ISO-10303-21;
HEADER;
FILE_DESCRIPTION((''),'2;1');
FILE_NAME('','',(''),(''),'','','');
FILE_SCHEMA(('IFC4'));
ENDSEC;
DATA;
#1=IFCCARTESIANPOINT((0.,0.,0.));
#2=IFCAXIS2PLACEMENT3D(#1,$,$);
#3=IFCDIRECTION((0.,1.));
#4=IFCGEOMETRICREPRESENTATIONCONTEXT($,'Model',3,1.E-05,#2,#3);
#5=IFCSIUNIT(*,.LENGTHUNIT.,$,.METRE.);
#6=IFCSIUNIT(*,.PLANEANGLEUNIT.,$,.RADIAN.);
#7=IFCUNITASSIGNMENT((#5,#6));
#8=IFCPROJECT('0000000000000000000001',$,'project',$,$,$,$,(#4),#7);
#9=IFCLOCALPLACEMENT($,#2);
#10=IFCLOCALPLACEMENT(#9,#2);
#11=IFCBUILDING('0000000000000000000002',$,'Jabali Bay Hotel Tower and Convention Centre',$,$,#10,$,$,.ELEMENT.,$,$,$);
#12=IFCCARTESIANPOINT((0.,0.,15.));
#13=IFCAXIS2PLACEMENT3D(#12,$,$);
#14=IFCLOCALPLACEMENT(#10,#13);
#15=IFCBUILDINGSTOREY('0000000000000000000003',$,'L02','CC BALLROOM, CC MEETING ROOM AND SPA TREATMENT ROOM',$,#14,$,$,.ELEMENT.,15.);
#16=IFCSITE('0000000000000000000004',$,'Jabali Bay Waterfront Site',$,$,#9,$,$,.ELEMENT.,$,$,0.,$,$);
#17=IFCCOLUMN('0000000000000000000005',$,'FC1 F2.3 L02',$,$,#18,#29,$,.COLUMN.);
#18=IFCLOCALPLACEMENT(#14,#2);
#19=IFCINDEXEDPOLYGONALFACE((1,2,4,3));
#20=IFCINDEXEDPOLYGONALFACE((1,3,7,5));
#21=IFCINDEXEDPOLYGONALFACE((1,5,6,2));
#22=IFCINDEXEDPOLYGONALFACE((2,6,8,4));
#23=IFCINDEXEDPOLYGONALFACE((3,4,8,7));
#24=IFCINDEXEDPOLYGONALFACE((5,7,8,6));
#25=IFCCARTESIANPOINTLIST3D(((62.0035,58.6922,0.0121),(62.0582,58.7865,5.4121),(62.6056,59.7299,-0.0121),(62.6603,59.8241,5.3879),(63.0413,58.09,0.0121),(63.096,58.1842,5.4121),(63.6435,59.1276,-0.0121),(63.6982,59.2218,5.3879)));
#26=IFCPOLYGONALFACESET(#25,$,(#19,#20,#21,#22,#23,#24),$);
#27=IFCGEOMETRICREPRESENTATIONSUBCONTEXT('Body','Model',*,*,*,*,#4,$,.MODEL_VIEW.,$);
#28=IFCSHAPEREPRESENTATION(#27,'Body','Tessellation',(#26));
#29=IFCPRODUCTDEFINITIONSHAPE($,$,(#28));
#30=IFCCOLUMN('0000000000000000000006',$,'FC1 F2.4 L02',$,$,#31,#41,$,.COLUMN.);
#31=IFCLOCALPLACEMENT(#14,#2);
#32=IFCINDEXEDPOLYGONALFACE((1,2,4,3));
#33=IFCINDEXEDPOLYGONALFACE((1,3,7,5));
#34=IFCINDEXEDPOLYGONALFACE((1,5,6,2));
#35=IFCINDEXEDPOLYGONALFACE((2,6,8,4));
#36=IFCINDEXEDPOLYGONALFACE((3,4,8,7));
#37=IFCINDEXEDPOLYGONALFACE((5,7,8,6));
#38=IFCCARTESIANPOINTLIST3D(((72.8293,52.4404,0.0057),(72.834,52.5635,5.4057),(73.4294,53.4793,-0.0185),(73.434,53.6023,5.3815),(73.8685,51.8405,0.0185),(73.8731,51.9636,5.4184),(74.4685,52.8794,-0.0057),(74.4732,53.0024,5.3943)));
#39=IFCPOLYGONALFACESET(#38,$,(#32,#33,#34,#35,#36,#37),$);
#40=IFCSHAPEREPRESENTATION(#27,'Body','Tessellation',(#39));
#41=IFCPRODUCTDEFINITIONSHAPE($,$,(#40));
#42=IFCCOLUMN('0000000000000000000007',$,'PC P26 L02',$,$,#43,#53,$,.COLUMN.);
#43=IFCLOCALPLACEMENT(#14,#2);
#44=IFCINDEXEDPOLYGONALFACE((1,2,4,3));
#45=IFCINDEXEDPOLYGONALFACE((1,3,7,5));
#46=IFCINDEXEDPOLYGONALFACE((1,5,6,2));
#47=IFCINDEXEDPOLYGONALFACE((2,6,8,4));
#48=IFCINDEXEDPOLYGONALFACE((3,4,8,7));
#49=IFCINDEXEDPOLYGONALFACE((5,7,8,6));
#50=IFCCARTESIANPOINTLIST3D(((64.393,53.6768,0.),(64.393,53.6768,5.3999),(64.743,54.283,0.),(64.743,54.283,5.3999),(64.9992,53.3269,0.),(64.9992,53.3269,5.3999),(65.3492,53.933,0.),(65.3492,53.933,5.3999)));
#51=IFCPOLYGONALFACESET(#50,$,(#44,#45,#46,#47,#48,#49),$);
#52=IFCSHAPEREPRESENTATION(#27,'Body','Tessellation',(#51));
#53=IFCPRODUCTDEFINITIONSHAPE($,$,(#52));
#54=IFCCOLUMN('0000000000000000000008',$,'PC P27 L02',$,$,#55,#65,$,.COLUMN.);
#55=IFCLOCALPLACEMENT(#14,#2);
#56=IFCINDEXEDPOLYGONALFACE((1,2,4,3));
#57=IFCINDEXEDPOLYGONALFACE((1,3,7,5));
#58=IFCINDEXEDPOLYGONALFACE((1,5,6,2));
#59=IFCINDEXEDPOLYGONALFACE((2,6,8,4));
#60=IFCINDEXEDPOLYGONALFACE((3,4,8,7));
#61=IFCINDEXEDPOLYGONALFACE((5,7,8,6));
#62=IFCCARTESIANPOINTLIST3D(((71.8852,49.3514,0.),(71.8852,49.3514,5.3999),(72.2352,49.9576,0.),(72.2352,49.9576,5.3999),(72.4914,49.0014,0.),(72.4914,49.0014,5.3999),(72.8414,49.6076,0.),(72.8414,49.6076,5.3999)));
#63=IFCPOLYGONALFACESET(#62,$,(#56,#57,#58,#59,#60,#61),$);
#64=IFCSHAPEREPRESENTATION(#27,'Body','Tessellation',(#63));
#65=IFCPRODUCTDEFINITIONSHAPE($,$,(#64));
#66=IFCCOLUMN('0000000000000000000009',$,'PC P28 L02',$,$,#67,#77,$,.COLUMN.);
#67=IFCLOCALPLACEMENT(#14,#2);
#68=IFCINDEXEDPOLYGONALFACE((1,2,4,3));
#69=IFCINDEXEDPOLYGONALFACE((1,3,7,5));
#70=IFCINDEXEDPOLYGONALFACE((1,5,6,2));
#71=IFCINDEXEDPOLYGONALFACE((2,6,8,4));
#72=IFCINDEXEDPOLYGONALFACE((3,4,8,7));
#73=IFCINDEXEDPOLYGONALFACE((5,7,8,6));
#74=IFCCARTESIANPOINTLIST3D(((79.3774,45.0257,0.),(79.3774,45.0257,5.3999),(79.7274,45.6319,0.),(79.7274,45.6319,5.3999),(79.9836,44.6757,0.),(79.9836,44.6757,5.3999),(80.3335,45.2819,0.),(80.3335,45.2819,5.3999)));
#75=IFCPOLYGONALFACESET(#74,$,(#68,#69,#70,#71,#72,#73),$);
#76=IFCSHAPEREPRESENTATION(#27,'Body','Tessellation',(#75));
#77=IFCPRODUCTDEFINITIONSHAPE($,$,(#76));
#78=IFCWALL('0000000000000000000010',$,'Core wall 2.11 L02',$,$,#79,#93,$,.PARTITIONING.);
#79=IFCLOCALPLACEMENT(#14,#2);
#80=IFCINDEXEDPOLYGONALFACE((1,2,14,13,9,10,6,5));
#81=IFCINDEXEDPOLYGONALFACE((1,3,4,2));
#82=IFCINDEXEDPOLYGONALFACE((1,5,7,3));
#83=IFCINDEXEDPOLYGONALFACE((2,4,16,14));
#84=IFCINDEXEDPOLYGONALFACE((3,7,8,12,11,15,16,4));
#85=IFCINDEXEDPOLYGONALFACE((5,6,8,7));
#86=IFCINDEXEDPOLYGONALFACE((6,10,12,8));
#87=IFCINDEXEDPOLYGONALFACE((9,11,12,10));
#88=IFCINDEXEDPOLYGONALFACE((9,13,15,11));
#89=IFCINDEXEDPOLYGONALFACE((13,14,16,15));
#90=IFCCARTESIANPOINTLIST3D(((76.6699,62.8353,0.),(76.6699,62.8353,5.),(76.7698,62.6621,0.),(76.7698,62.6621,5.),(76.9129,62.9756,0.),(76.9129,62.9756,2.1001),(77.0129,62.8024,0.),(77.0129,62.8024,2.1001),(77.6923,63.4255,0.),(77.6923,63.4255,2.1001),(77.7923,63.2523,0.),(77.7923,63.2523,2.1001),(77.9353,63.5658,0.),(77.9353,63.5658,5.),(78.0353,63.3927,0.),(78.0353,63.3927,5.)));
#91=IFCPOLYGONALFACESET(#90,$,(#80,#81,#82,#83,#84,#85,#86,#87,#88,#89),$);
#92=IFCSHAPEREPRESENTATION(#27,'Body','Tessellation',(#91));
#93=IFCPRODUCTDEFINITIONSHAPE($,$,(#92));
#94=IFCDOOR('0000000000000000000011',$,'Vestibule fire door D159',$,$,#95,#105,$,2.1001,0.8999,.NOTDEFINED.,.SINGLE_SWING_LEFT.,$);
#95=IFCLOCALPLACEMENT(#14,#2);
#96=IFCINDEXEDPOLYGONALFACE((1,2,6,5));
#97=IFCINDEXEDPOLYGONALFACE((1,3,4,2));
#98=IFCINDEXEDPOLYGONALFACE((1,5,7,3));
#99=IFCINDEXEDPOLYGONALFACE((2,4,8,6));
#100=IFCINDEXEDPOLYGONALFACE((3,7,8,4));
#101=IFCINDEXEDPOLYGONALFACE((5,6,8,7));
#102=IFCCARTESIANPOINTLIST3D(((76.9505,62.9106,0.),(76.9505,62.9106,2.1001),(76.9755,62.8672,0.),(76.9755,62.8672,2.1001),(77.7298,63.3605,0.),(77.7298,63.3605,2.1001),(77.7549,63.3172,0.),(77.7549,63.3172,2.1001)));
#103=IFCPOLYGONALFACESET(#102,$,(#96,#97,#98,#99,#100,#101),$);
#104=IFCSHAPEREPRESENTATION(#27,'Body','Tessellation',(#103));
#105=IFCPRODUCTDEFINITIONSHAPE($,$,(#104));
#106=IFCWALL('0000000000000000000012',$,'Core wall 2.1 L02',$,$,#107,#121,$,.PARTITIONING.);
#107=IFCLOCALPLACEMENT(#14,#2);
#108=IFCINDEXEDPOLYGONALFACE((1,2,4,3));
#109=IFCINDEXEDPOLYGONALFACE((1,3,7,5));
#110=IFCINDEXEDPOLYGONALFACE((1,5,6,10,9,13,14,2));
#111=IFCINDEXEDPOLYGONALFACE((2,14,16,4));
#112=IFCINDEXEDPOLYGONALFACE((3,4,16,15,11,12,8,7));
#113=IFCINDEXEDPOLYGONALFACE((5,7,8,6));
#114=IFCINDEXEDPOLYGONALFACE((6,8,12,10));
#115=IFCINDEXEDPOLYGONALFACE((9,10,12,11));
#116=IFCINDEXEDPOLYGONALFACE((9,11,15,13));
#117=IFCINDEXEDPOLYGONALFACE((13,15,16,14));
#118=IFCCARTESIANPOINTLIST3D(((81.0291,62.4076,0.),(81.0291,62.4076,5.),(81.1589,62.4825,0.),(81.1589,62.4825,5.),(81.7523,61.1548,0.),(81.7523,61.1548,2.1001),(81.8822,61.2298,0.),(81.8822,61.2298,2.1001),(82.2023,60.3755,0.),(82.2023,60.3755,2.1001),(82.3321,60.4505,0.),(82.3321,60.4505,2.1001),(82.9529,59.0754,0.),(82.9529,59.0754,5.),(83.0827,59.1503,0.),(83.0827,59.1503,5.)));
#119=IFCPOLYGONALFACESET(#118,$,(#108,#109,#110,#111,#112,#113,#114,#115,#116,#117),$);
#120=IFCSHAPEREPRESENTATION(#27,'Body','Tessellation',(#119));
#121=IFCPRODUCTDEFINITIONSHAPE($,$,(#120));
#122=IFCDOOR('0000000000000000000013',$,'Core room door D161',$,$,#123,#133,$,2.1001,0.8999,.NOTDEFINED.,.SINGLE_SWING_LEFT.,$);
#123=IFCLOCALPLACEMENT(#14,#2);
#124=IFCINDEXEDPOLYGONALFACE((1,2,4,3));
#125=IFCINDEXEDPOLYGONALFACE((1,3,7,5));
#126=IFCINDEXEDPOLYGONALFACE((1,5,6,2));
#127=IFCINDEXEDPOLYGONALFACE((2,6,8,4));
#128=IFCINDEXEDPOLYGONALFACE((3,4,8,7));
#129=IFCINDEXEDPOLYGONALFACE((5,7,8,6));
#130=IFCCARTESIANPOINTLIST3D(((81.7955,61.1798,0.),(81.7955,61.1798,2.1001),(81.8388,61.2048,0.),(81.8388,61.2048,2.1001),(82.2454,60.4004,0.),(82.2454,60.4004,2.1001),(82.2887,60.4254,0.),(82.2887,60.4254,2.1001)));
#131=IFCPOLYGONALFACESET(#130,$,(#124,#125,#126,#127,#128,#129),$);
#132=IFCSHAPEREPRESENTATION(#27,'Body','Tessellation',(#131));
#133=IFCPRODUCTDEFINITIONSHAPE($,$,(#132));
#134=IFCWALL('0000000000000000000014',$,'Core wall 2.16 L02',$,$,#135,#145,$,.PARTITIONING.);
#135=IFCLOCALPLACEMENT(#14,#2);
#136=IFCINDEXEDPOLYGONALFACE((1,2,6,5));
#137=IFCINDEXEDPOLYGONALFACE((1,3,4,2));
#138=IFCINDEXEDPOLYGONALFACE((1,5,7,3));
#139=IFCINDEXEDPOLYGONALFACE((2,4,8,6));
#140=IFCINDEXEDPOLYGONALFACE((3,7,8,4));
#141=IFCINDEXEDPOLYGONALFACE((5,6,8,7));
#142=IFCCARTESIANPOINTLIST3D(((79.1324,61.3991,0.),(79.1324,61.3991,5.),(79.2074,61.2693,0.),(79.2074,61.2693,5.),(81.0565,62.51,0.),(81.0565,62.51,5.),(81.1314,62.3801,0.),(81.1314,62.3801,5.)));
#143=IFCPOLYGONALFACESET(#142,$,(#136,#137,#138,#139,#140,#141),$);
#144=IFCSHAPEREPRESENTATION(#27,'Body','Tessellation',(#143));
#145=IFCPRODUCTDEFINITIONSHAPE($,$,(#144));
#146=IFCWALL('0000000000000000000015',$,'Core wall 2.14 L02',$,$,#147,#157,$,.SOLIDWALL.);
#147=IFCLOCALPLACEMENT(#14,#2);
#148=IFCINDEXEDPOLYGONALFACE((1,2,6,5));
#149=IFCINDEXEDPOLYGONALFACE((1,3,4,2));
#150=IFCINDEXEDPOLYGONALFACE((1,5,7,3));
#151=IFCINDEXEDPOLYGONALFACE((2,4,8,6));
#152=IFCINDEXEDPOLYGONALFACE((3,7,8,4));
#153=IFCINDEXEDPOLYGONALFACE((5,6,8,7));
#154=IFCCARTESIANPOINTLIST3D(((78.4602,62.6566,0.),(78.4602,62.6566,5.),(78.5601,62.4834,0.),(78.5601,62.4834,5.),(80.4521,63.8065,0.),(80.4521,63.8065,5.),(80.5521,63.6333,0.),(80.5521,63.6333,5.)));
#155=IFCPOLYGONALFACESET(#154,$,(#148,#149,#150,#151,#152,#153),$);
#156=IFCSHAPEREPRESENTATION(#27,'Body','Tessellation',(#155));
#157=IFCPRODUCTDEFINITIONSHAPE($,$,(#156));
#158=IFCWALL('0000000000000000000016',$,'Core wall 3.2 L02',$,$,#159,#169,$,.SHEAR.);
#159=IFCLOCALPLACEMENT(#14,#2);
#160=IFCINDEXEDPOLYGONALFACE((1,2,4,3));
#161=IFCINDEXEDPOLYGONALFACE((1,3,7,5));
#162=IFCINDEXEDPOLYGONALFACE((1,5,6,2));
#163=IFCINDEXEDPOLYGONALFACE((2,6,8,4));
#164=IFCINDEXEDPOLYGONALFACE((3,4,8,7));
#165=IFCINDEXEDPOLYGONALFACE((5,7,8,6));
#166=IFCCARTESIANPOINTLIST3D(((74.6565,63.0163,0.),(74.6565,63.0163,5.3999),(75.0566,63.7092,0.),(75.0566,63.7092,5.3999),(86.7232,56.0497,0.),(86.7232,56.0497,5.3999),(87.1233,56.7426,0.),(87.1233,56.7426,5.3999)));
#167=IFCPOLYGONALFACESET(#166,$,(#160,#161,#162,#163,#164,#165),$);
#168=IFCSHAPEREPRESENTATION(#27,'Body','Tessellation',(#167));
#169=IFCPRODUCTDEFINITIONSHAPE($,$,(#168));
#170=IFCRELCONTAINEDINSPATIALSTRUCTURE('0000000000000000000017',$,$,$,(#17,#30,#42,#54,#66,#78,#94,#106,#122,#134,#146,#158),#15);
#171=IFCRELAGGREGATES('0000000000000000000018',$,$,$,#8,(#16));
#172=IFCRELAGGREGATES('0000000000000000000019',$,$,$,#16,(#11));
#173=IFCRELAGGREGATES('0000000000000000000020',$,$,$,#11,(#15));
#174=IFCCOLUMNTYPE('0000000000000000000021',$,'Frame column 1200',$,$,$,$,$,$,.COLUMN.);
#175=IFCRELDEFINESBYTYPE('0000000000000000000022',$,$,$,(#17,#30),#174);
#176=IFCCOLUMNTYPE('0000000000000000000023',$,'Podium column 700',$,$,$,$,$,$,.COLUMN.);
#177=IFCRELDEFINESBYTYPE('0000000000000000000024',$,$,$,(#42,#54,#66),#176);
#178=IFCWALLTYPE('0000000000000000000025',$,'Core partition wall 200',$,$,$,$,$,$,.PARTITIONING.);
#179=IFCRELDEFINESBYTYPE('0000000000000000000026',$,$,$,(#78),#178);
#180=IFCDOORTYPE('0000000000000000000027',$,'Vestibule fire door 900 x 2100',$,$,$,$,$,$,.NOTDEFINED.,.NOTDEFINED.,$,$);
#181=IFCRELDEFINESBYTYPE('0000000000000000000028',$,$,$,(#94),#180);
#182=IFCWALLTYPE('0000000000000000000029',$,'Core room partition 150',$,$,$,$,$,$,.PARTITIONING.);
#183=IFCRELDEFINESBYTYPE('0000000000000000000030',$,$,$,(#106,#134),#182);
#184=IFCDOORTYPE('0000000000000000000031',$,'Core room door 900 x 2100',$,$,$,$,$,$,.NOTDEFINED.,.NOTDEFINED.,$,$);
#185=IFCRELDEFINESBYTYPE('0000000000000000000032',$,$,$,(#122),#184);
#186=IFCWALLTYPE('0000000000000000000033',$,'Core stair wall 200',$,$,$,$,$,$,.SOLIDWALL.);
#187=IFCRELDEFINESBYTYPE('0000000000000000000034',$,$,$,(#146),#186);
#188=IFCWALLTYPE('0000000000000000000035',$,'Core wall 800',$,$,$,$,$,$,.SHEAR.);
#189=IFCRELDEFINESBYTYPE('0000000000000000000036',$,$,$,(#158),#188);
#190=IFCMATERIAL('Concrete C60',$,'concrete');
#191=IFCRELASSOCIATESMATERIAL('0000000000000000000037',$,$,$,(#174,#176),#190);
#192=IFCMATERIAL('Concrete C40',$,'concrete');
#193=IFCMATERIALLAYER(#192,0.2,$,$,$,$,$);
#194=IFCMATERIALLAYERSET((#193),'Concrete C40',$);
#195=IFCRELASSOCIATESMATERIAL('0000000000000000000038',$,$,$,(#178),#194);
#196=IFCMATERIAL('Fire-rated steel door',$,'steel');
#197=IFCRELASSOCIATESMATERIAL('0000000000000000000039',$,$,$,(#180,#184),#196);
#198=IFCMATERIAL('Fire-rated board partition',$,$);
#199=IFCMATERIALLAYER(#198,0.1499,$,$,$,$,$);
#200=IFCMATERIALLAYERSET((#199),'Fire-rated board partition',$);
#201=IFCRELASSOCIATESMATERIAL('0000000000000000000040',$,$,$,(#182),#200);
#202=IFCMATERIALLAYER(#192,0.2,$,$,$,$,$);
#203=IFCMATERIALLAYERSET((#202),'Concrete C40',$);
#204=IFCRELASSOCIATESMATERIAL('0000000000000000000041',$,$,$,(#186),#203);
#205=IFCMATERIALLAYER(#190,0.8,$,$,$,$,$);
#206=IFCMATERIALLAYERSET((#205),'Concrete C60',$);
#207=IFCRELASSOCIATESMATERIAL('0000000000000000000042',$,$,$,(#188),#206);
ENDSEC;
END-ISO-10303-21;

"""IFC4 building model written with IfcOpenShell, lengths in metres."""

from ifc_helpers import new_model, si_unit, direction, frame, frame_2d, origin, origin_2d, place, context, subcontext, project, spatial, rectangle, extrude, material, layer, layer_set, material_profile, profile_set, type_object, element, fill, save


model = new_model("IFC4")

# Units and contexts
model_context = context("Model", 3, precision=1e-05, world=origin(), true_north=direction((0.0, 1.0)))
body_context = subcontext(model_context, "Body", "Model", "MODEL_VIEW")
ifc_project = project(units=[si_unit("LENGTHUNIT", "METRE"), si_unit("PLANEANGLEUNIT", "RADIAN")], contexts=[model_context])

# Site, building, storey
site_placement = place(None, origin())
site = spatial("IfcSite", under=ifc_project, at=site_placement, Name="Jabali Bay Waterfront Site", CompositionType="ELEMENT", RefElevation=0.0)
building_placement = place(site_placement, origin())
building = spatial("IfcBuilding", under=site, at=building_placement, Name="Jabali Bay Hotel Tower and Convention Centre", CompositionType="ELEMENT")
storey_placement = place(building_placement, frame((0.0, 0.0, 15.0)))
storey = spatial("IfcBuildingStorey", under=building, at=storey_placement, Name="L02", Description="CC BALLROOM, CC MEETING ROOM AND SPA TREATMENT ROOM", CompositionType="ELEMENT", Elevation=15.0)

# Columns
ifc_material_1 = material(Name="Concrete C60", Category="concrete")
ifc_material_profile_1 = material_profile(ifc_material_1, rectangle(XDim=1.2, YDim=1.2, at=origin_2d()), Name="Frame column 1200")
ifc_profile_set_1 = profile_set([ifc_material_profile_1], Name="Concrete C60")
column_type_1 = type_object("IfcColumnType", Name="Frame column 1200", PredefinedType="COLUMN", material=ifc_profile_set_1)
column_1_placement = place(storey_placement, frame((62.8235, 58.9099, 0.0), z_axis=(0.010125, 0.017448, 0.999796), x_axis=(-0.864915, 0.501919, 0.0)))
element("IfcColumn", 1, at=column_1_placement, inside=storey, type_object=column_type_1, Name="FC1 F2.3 L02", PredefinedType="COLUMN", context=body_context, shape_type="SweptSolid", body=[
    extrude(rectangle(XDim=1.2, YDim=1.2, at=origin_2d()), origin(), (0.0, 0.0, 1.0), 5.4011),
])
column_2_placement = place(storey_placement, frame((73.6489, 52.6599, 0.0), z_axis=(0.000859, 0.022781, 0.99974), x_axis=(-0.500046, -0.865764, 0.020158)))
element("IfcColumn", 2, at=column_2_placement, inside=storey, type_object=column_type_1, Name="FC1 F2.4 L02", PredefinedType="COLUMN", context=body_context, shape_type="SweptSolid", body=[
    extrude(rectangle(XDim=1.2, YDim=1.2, at=origin_2d()), origin(), (0.0, 0.0, 1.0), 5.4014),
])
ifc_material_profile_2 = material_profile(ifc_material_1, rectangle(XDim=0.7, YDim=0.7, at=origin_2d()), Name="Podium column 700")
ifc_profile_set_2 = profile_set([ifc_material_profile_2], Name="Concrete C60")
column_type_2 = type_object("IfcColumnType", Name="Podium column 700", PredefinedType="COLUMN", material=ifc_profile_set_2)
for number, where, z_axis, x_axis, name in (
    (3, (64.8711, 53.8049, 0.0), (0.0, 0.0, 1.0), (0.5, 0.866025, 0.0), "PC P26 L02"),
    (4, (72.3633, 49.4795, 0.0), (0.0, 0.0, 1.0), (0.5, 0.866025, 0.0), "PC P27 L02"),
    (5, (79.8555, 45.1538, 0.0), (0.0, 0.0, 1.0), (0.5, 0.866025, 0.0), "PC P28 L02"),
):
    element("IfcColumn", number, at=place(storey_placement, frame(where, z_axis=z_axis, x_axis=x_axis)), inside=storey, type_object=column_type_2, Name=name, PredefinedType="COLUMN", context=body_context, shape_type="SweptSolid", body=[
        extrude(rectangle(XDim=0.7, YDim=0.7, at=origin_2d()), origin(), (0.0, 0.0, 1.0), 5.3999),
    ])

# Walls, openings, doors
ifc_material_2 = material(Name="Concrete C40", Category="concrete")
ifc_layer_1 = layer(ifc_material_2, 0.2)
ifc_layer_set_1 = layer_set([ifc_layer_1], Name="Concrete C40")
wall_type_1 = type_object("IfcWallType", Name="Core partition wall 200", PredefinedType="PARTITIONING", material=ifc_layer_set_1)
wall_1_placement = place(storey_placement, frame((76.72, 62.7488, 0.0), z_axis=(0.0, 0.0, 1.0), x_axis=(0.866055, 0.499949, 0.0)))
wall_1 = element("IfcWall", 6, at=wall_1_placement, inside=storey, type_object=wall_type_1, Name="Core wall 2.11 L02", PredefinedType="PARTITIONING", context=body_context, shape_type="SweptSolid", body=[
    extrude(rectangle(XDim=1.4612, YDim=0.2, at=frame_2d((0.7305, 0.0))), origin(), (0.0, 0.0, 1.0), 5.0),
])
opening_1_placement = place(wall_1_placement, frame((0.2805, 0.0, 0.0)))
opening_1 = element("IfcOpeningElement", 7, at=opening_1_placement, cuts=wall_1, PredefinedType="OPENING", context=body_context, shape_type="SweptSolid", body=[
    extrude(rectangle(XDim=0.8999, YDim=2.1001, at=frame_2d((0.45, 1.05))), frame((0.0, 0.1104, 0.0), z_axis=(0.0, -1.0, 0.0), x_axis=(1.0, 0.0, 0.0)), (0.0, 0.0, 1.0), 0.2209),
])
ifc_material_3 = material(Name="Fire-rated steel door", Category="steel")
door_type_1 = type_object("IfcDoorType", Name="Vestibule fire door 900 x 2100", OperationType="NOTDEFINED", PredefinedType="NOTDEFINED", material=ifc_material_3)
door_1_placement = place(opening_1_placement, origin())
door_1 = element("IfcDoor", 8, at=door_1_placement, inside=storey, type_object=door_type_1, Name="Vestibule fire door D159", OperationType="SINGLE_SWING_LEFT", OverallHeight=2.1001, OverallWidth=0.8999, PredefinedType="NOTDEFINED", context=body_context, shape_type="SweptSolid", body=[
    extrude(rectangle(XDim=0.8999, YDim=2.1001, at=frame_2d((0.45, 1.05))), frame((0.0, 0.0249, 0.0), z_axis=(0.0, -1.0, 0.0), x_axis=(1.0, 0.0, 0.0)), (0.0, 0.0, 1.0), 0.05),
])
fill(opening_1, door_1)
ifc_material_4 = material(Name="Fire-rated board partition")
ifc_layer_2 = layer(ifc_material_4, 0.1499)
ifc_layer_set_2 = layer_set([ifc_layer_2], Name="Fire-rated board partition")
wall_type_2 = type_object("IfcWallType", Name="Core room partition 150", PredefinedType="PARTITIONING", material=ifc_layer_set_2)
wall_2_placement = place(storey_placement, frame((81.094, 62.4451, 0.0), z_axis=(0.0, 0.0, 1.0), x_axis=(0.499988, -0.866032, 0.0)))
wall_2 = element("IfcWall", 9, at=wall_2_placement, inside=storey, type_object=wall_type_2, Name="Core wall 2.1 L02", PredefinedType="PARTITIONING", context=body_context, shape_type="SweptSolid", body=[
    extrude(rectangle(XDim=3.8477, YDim=0.1499, at=frame_2d((1.9238, 0.0))), origin(), (0.0, 0.0, 1.0), 5.0),
])
opening_2_placement = place(wall_2_placement, frame((1.4465, 0.0, 0.0)))
opening_2 = element("IfcOpeningElement", 10, at=opening_2_placement, cuts=wall_2, PredefinedType="OPENING", context=body_context, shape_type="SweptSolid", body=[
    extrude(rectangle(XDim=0.8999, YDim=2.1001, at=frame_2d((0.45, 1.05))), frame((0.0, 0.0854, 0.0), z_axis=(0.0, -1.0, 0.0), x_axis=(1.0, 0.0, 0.0)), (0.0, 0.0, 1.0), 0.1709),
])
door_type_2 = type_object("IfcDoorType", Name="Core room door 900 x 2100", OperationType="NOTDEFINED", PredefinedType="NOTDEFINED", material=ifc_material_3)
door_2_placement = place(opening_2_placement, origin())
door_2 = element("IfcDoor", 11, at=door_2_placement, inside=storey, type_object=door_type_2, Name="Core room door D161", OperationType="SINGLE_SWING_LEFT", OverallHeight=2.1001, OverallWidth=0.8999, PredefinedType="NOTDEFINED", context=body_context, shape_type="SweptSolid", body=[
    extrude(rectangle(XDim=0.8999, YDim=2.1001, at=frame_2d((0.45, 1.05))), frame((0.0, 0.0249, 0.0), z_axis=(0.0, -1.0, 0.0), x_axis=(1.0, 0.0, 0.0)), (0.0, 0.0, 1.0), 0.05),
])
fill(opening_2, door_2)

# Walls
wall_3_placement = place(storey_placement, frame((79.1699, 61.3342, 0.0), z_axis=(0.0, 0.0, 1.0), x_axis=(0.86603, 0.499992, 0.0)))
element("IfcWall", 12, at=wall_3_placement, inside=storey, type_object=wall_type_2, Name="Core wall 2.16 L02", PredefinedType="PARTITIONING", context=body_context, shape_type="SweptSolid", body=[
    extrude(rectangle(XDim=2.2217, YDim=0.1499, at=frame_2d((1.1108, 0.0))), origin(), (0.0, 0.0, 1.0), 5.0),
])
ifc_layer_3 = layer(ifc_material_2, 0.2)
ifc_layer_set_3 = layer_set([ifc_layer_3], Name="Concrete C40")
wall_type_3 = type_object("IfcWallType", Name="Core stair wall 200", PredefinedType="SOLIDWALL", material=ifc_layer_set_3)
wall_4_placement = place(storey_placement, frame((78.5103, 62.5701, 0.0), z_axis=(0.0, 0.0, 1.0), x_axis=(0.866053, 0.499952, 0.0)))
element("IfcWall", 13, at=wall_4_placement, inside=storey, type_object=wall_type_3, Name="Core wall 2.14 L02", PredefinedType="SOLIDWALL", context=body_context, shape_type="SweptSolid", body=[
    extrude(rectangle(XDim=2.3, YDim=0.2, at=frame_2d((1.1499, 0.0))), origin(), (0.0, 0.0, 1.0), 5.0),
])
ifc_layer_4 = layer(ifc_material_1, 0.8)
ifc_layer_set_4 = layer_set([ifc_layer_4], Name="Concrete C60")
wall_type_4 = type_object("IfcWallType", Name="Core wall 800", PredefinedType="SHEAR", material=ifc_layer_set_4)
wall_5_placement = place(storey_placement, frame((74.8564, 63.3628, 0.0), z_axis=(0.0, 0.0, 1.0), x_axis=(0.866029, -0.499993, 0.0)))
element("IfcWall", 14, at=wall_5_placement, inside=storey, type_object=wall_type_4, Name="Core wall 3.2 L02", PredefinedType="SHEAR", context=body_context, shape_type="SweptSolid", body=[
    extrude(rectangle(XDim=13.9333, YDim=0.8, at=frame_2d((6.9668, 0.0))), origin(), (0.0, 0.0, 1.0), 5.3999),
])

save(model, "model.ifc")
